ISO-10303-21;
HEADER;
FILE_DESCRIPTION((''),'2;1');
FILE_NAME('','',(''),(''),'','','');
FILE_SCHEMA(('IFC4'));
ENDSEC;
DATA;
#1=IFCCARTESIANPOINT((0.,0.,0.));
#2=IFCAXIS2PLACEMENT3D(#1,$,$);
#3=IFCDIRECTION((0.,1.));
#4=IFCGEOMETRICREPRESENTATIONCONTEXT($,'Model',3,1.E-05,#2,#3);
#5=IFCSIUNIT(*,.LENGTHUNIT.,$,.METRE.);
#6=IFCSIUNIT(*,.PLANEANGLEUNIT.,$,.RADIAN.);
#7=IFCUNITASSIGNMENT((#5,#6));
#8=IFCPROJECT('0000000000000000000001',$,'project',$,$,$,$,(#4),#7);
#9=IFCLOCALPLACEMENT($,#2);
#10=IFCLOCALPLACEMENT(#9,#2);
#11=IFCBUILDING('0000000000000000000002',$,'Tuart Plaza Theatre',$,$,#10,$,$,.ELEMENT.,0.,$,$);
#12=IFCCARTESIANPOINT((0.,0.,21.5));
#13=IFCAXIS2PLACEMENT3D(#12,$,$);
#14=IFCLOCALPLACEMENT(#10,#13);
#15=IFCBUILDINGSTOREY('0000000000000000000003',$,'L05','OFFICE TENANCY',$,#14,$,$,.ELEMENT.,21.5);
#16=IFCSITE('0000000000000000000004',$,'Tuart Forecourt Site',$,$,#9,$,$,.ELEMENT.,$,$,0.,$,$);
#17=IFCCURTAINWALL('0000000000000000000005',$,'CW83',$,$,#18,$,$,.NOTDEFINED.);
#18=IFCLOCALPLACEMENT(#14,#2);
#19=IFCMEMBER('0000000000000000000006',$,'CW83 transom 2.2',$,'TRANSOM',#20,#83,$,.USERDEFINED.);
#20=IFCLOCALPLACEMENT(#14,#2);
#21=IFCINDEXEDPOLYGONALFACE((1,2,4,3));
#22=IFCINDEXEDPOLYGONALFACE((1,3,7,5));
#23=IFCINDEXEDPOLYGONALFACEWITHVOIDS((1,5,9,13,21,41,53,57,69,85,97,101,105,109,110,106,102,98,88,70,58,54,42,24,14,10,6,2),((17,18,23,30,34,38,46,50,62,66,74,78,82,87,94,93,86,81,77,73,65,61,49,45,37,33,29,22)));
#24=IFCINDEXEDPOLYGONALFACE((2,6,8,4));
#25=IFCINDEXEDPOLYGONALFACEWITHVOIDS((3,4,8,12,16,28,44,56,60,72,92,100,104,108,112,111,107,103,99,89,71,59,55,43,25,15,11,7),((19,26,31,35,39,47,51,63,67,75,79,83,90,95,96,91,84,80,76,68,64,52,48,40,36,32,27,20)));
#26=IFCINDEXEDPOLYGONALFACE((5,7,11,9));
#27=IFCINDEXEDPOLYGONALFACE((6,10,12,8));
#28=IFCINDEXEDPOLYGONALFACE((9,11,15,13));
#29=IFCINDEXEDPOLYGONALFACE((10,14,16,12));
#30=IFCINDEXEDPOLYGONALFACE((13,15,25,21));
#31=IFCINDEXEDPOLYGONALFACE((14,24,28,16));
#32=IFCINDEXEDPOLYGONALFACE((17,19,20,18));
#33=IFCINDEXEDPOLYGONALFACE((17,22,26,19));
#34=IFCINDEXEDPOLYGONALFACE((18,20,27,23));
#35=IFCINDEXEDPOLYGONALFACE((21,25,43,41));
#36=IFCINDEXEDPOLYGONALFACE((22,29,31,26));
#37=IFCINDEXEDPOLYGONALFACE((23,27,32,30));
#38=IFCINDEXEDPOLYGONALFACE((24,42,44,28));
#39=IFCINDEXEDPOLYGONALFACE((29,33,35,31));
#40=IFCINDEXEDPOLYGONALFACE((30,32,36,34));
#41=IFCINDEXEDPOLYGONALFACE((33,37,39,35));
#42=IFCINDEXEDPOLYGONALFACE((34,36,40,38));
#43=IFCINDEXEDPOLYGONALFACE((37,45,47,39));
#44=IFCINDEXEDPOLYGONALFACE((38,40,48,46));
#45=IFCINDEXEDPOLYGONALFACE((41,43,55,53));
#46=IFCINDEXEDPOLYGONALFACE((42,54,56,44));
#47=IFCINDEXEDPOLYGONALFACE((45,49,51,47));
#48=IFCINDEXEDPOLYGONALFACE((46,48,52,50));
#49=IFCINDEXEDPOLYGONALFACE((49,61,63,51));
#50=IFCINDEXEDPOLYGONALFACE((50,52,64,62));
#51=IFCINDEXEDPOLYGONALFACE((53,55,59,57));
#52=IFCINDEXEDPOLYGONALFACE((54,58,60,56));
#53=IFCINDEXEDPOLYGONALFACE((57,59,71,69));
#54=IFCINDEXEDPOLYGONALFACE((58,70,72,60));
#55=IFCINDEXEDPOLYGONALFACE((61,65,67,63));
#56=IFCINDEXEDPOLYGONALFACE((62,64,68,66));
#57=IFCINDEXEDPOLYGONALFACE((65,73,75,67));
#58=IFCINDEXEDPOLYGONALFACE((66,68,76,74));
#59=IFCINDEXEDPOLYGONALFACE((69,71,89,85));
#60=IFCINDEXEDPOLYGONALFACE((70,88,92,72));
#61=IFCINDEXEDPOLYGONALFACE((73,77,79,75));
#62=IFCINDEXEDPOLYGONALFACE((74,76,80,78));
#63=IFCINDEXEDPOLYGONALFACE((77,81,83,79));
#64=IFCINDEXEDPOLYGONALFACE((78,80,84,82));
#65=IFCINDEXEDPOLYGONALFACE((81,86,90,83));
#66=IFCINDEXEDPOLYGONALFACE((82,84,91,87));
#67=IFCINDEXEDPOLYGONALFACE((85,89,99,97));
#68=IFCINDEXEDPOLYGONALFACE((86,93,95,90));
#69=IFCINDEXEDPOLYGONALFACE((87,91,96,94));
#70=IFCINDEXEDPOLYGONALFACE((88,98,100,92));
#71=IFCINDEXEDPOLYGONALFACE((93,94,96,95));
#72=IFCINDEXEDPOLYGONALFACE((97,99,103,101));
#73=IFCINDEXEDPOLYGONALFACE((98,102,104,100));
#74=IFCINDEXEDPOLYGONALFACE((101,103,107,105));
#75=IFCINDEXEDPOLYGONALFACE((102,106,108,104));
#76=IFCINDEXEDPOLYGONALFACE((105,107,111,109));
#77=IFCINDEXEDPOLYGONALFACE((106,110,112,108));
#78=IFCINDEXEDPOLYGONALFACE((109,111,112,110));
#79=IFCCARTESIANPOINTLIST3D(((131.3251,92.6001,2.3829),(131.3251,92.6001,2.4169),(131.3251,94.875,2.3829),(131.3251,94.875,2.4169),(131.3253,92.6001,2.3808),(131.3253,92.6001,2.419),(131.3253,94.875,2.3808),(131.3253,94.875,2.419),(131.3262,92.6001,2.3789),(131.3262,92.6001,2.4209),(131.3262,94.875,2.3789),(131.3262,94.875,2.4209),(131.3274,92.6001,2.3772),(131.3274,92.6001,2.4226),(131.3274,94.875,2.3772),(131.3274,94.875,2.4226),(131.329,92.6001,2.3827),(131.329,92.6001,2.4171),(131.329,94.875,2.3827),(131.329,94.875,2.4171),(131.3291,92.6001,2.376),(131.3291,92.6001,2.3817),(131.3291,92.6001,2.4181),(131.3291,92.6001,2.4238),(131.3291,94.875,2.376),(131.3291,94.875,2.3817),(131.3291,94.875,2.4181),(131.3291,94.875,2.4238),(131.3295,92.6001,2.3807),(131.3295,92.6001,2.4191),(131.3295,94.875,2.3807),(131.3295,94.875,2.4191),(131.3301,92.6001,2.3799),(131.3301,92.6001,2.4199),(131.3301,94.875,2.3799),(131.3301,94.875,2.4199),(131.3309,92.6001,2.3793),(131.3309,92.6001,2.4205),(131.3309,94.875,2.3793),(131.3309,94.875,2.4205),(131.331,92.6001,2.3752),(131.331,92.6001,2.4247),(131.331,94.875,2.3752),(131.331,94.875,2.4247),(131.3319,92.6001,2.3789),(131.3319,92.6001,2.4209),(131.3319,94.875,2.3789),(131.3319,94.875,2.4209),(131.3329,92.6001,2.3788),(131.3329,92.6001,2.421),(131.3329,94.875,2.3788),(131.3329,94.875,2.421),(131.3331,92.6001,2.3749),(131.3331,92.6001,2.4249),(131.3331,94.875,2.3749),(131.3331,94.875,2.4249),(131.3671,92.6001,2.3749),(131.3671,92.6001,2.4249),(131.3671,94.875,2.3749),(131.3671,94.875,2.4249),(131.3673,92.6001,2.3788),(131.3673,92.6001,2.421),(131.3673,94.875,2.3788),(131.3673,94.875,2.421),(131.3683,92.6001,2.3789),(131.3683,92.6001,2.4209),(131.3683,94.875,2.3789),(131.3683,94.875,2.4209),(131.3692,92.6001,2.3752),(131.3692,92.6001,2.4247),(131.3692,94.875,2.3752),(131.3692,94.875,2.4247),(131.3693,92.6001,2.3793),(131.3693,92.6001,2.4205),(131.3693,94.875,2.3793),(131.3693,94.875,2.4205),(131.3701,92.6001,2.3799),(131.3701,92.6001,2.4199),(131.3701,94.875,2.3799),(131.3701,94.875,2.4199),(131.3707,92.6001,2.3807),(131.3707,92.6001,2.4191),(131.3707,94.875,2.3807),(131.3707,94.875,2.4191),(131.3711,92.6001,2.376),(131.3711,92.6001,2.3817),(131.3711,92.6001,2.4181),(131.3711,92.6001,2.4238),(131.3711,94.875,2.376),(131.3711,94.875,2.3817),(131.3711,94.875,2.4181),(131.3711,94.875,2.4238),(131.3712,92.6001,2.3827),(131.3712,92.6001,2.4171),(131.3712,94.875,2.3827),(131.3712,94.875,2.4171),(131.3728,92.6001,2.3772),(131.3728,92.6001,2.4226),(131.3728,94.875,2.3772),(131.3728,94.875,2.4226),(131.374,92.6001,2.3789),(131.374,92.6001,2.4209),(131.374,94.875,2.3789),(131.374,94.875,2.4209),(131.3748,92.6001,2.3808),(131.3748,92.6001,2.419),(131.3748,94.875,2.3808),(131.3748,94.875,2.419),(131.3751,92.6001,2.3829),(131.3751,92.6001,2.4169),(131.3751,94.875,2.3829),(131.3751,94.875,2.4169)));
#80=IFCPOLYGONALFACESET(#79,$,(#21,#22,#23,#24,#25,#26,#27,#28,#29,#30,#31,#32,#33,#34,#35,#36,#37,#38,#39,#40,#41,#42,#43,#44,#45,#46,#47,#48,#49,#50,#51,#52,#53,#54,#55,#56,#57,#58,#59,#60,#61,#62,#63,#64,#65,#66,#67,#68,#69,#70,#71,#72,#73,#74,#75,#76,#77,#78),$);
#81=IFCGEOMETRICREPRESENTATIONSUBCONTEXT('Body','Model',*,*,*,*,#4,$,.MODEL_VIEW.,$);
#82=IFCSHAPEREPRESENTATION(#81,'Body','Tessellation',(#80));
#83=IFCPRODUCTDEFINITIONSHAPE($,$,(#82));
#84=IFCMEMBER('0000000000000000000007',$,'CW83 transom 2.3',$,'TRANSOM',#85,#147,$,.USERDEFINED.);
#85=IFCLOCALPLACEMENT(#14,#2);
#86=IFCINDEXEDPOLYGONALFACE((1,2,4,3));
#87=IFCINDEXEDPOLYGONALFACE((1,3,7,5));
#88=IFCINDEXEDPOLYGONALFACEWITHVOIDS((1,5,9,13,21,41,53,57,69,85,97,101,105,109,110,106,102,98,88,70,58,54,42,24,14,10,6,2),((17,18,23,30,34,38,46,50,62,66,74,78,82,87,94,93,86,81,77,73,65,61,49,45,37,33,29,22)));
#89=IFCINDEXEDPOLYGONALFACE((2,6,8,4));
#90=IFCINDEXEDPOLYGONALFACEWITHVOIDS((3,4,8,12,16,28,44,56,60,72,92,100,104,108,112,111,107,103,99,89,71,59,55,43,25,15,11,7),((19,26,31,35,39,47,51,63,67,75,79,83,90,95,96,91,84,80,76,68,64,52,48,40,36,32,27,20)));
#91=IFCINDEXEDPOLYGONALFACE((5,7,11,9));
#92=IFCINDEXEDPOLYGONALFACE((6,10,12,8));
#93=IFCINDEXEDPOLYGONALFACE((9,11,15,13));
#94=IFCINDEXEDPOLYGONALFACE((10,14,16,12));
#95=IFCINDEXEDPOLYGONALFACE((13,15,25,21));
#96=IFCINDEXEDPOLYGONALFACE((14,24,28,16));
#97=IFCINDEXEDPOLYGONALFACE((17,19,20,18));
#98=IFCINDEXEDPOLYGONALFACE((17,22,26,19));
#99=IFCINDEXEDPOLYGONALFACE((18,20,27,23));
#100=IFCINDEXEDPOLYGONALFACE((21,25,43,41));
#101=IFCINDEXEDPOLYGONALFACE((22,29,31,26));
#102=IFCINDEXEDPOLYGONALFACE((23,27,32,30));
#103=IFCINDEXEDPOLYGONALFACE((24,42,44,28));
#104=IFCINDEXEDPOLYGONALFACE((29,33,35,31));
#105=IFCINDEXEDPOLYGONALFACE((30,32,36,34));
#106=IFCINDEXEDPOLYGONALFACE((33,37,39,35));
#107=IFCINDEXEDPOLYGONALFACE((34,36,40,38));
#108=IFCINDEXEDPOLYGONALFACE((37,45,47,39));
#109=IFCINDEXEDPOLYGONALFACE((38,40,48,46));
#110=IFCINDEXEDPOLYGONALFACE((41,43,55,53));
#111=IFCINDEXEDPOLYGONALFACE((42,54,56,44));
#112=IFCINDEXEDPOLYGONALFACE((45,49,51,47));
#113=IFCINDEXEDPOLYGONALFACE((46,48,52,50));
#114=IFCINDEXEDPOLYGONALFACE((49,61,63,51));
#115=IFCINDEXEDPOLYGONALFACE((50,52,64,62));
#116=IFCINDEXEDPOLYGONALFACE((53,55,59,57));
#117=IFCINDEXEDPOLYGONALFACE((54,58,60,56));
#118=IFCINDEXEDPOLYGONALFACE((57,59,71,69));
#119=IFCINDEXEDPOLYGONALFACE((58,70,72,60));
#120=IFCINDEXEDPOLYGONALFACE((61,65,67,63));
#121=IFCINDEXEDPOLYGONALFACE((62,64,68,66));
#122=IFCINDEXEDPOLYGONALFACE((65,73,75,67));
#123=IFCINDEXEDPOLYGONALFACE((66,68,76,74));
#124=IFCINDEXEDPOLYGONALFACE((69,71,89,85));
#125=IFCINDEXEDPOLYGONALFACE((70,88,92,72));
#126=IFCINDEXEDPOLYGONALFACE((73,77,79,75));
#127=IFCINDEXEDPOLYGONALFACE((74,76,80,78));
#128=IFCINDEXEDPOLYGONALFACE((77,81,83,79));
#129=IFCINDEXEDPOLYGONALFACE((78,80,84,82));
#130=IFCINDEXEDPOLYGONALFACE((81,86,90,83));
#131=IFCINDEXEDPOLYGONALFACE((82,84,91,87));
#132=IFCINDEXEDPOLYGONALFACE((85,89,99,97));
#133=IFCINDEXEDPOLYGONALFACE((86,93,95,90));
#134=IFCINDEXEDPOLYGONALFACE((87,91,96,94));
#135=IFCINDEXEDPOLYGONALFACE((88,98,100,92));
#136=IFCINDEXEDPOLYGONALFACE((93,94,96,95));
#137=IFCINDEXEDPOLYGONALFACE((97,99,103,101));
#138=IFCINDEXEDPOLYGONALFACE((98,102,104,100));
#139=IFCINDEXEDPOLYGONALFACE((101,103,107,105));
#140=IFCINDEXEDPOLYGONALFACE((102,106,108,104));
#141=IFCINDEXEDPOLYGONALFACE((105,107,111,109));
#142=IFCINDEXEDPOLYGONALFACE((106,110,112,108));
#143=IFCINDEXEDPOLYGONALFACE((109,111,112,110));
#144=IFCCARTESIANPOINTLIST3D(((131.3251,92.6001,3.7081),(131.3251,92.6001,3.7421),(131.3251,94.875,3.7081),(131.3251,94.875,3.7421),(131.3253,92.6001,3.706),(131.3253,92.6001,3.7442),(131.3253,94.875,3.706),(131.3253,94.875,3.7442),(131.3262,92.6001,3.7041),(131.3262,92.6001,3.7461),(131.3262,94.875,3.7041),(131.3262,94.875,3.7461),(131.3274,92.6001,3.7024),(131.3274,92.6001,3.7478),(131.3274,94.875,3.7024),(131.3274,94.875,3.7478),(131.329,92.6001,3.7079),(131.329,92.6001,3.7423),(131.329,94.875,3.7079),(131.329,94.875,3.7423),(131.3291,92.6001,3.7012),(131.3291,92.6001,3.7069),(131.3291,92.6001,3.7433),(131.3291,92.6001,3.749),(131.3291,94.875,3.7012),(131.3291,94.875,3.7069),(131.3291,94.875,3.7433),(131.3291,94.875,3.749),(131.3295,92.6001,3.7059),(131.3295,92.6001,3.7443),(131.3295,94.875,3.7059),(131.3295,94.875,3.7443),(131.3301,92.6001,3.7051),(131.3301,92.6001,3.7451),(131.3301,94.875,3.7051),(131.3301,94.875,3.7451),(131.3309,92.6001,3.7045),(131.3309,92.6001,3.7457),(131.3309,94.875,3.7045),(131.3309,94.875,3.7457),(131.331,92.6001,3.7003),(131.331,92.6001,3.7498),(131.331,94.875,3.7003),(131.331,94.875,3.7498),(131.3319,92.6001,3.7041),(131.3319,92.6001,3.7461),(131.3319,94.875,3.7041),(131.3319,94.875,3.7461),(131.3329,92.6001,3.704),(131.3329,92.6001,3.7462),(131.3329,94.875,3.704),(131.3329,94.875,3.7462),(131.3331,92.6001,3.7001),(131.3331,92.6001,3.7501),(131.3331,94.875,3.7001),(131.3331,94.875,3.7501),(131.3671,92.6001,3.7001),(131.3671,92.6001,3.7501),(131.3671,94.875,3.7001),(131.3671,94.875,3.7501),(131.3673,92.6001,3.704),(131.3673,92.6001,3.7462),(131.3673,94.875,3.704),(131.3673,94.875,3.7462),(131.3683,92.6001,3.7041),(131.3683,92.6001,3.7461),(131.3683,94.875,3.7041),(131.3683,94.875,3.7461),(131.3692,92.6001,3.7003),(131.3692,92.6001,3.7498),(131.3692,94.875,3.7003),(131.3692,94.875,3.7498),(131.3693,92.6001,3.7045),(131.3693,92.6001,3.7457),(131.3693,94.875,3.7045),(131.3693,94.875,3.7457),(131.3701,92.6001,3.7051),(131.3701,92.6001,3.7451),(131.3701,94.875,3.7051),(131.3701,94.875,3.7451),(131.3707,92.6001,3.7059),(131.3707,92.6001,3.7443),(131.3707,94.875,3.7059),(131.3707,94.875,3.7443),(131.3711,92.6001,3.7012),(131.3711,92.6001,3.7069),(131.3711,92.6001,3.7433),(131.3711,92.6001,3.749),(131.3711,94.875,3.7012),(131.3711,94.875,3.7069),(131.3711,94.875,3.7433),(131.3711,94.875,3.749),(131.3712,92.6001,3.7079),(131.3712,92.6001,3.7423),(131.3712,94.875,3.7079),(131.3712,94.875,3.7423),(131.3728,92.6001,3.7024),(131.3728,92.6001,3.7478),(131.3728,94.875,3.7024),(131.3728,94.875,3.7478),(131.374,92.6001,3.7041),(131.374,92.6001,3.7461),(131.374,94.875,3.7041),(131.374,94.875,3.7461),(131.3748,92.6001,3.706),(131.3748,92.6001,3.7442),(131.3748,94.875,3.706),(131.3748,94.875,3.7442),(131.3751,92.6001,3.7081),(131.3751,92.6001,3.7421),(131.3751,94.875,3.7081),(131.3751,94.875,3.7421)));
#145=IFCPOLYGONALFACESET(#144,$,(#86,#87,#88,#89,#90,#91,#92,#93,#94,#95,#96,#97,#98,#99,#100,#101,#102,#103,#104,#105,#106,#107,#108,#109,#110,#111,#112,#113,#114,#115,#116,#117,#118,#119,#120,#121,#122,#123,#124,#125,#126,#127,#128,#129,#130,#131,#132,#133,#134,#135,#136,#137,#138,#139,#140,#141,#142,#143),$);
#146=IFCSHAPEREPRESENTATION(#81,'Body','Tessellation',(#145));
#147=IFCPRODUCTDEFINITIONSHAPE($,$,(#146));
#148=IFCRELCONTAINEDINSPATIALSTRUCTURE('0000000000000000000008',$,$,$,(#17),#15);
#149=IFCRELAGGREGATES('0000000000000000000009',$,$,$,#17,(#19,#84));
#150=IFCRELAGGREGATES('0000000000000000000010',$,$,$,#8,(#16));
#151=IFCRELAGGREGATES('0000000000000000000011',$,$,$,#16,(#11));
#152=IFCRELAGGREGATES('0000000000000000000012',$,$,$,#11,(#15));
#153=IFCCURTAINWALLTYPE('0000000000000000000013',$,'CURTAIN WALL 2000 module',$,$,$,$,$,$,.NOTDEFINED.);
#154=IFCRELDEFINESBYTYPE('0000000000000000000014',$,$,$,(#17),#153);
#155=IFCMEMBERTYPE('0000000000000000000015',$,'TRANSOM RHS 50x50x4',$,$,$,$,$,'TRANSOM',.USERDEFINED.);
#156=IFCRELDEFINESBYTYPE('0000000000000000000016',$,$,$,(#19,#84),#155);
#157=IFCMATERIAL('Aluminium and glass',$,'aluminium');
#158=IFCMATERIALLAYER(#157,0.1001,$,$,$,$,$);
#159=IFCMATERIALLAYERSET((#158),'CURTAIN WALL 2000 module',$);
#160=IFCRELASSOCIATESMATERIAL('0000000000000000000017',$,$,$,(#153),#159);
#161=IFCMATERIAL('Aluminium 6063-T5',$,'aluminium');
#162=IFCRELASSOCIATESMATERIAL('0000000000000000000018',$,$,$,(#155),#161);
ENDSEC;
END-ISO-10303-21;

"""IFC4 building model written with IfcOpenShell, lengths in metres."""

from ifc_helpers import new_model, si_unit, direction, frame, origin, origin_2d, place, context, subcontext, project, spatial, hollow_rectangle, extrude, material, layer, layer_set, material_profile, profile_set, type_object, element, aggregate, save


model = new_model("IFC4")

# Units and contexts
model_context = context("Model", 3, precision=1e-05, world=origin(), true_north=direction((0.0, 1.0)))
body_context = subcontext(model_context, "Body", "Model", "MODEL_VIEW")
ifc_project = project(units=[si_unit("LENGTHUNIT", "METRE"), si_unit("PLANEANGLEUNIT", "RADIAN")], contexts=[model_context])

# Site, building, storey
site_placement = place(None, origin())
site = spatial("IfcSite", under=ifc_project, at=site_placement, Name="Tuart Forecourt Site", CompositionType="ELEMENT", RefElevation=0.0)
building_placement = place(site_placement, origin())
building = spatial("IfcBuilding", under=site, at=building_placement, Name="Tuart Plaza Theatre", CompositionType="ELEMENT", ElevationOfRefHeight=0.0)
storey_placement = place(building_placement, frame((0.0, 0.0, 21.5)))
storey = spatial("IfcBuildingStorey", under=building, at=storey_placement, Name="L05", Description="OFFICE TENANCY", CompositionType="ELEMENT", Elevation=21.5)

# Curtain wall
ifc_material_1 = material(Name="Aluminium and glass", Category="aluminium")
ifc_layer_1 = layer(ifc_material_1, 0.1001)
ifc_layer_set_1 = layer_set([ifc_layer_1], Name="CURTAIN WALL 2000 module")
curtain_wall_type = type_object("IfcCurtainWallType", Name="CURTAIN WALL 2000 module", PredefinedType="NOTDEFINED", material=ifc_layer_set_1)
curtain_wall_1_placement = place(storey_placement, origin())
curtain_wall_1 = element("IfcCurtainWall", 1, at=curtain_wall_1_placement, inside=storey, type_object=curtain_wall_type, Name="CW83", PredefinedType="NOTDEFINED")

# Members
ifc_material_2 = material(Name="Aluminium 6063-T5", Category="aluminium")
ifc_material_profile_1 = material_profile(ifc_material_2, hollow_rectangle(XDim=0.05, YDim=0.05, WallThickness=0.0039, InnerFilletRadius=0.0039, OuterFilletRadius=0.0081, at=origin_2d()), Name="RHS 50x50x4")
ifc_profile_set_1 = profile_set([ifc_material_profile_1], Name="Aluminium 6063-T5")
member_type_1 = type_object("IfcMemberType", Name="TRANSOM RHS 50x50x4", ElementType="TRANSOM", PredefinedType="USERDEFINED", material=ifc_profile_set_1)
member_1_placement = place(storey_placement, frame((131.3501, 94.875, 2.3999), z_axis=(0.0, -1.0, 0.0), x_axis=(1.0, 0.0, 0.0)))
member_1 = element("IfcMember", 2, at=member_1_placement, type_object=member_type_1, Name="CW83 transom 2.2", ObjectType="TRANSOM", PredefinedType="USERDEFINED", context=body_context, shape_type="SweptSolid", body=[
    extrude(hollow_rectangle(XDim=0.05, YDim=0.05, WallThickness=0.0039, InnerFilletRadius=0.0039, OuterFilletRadius=0.0081, at=origin_2d()), origin(), (0.0, 0.0, 1.0), 2.2749),
])
member_2_placement = place(storey_placement, frame((131.3501, 94.875, 3.7251), z_axis=(0.0, -1.0, 0.0), x_axis=(1.0, 0.0, 0.0)))
member_2 = element("IfcMember", 3, at=member_2_placement, type_object=member_type_1, Name="CW83 transom 2.3", ObjectType="TRANSOM", PredefinedType="USERDEFINED", context=body_context, shape_type="SweptSolid", body=[
    extrude(hollow_rectangle(XDim=0.05, YDim=0.05, WallThickness=0.0039, InnerFilletRadius=0.0039, OuterFilletRadius=0.0081, at=origin_2d()), origin(), (0.0, 0.0, 1.0), 2.2749),
])

aggregate(curtain_wall_1, [member_1, member_2])

save(model, "model.ifc")
